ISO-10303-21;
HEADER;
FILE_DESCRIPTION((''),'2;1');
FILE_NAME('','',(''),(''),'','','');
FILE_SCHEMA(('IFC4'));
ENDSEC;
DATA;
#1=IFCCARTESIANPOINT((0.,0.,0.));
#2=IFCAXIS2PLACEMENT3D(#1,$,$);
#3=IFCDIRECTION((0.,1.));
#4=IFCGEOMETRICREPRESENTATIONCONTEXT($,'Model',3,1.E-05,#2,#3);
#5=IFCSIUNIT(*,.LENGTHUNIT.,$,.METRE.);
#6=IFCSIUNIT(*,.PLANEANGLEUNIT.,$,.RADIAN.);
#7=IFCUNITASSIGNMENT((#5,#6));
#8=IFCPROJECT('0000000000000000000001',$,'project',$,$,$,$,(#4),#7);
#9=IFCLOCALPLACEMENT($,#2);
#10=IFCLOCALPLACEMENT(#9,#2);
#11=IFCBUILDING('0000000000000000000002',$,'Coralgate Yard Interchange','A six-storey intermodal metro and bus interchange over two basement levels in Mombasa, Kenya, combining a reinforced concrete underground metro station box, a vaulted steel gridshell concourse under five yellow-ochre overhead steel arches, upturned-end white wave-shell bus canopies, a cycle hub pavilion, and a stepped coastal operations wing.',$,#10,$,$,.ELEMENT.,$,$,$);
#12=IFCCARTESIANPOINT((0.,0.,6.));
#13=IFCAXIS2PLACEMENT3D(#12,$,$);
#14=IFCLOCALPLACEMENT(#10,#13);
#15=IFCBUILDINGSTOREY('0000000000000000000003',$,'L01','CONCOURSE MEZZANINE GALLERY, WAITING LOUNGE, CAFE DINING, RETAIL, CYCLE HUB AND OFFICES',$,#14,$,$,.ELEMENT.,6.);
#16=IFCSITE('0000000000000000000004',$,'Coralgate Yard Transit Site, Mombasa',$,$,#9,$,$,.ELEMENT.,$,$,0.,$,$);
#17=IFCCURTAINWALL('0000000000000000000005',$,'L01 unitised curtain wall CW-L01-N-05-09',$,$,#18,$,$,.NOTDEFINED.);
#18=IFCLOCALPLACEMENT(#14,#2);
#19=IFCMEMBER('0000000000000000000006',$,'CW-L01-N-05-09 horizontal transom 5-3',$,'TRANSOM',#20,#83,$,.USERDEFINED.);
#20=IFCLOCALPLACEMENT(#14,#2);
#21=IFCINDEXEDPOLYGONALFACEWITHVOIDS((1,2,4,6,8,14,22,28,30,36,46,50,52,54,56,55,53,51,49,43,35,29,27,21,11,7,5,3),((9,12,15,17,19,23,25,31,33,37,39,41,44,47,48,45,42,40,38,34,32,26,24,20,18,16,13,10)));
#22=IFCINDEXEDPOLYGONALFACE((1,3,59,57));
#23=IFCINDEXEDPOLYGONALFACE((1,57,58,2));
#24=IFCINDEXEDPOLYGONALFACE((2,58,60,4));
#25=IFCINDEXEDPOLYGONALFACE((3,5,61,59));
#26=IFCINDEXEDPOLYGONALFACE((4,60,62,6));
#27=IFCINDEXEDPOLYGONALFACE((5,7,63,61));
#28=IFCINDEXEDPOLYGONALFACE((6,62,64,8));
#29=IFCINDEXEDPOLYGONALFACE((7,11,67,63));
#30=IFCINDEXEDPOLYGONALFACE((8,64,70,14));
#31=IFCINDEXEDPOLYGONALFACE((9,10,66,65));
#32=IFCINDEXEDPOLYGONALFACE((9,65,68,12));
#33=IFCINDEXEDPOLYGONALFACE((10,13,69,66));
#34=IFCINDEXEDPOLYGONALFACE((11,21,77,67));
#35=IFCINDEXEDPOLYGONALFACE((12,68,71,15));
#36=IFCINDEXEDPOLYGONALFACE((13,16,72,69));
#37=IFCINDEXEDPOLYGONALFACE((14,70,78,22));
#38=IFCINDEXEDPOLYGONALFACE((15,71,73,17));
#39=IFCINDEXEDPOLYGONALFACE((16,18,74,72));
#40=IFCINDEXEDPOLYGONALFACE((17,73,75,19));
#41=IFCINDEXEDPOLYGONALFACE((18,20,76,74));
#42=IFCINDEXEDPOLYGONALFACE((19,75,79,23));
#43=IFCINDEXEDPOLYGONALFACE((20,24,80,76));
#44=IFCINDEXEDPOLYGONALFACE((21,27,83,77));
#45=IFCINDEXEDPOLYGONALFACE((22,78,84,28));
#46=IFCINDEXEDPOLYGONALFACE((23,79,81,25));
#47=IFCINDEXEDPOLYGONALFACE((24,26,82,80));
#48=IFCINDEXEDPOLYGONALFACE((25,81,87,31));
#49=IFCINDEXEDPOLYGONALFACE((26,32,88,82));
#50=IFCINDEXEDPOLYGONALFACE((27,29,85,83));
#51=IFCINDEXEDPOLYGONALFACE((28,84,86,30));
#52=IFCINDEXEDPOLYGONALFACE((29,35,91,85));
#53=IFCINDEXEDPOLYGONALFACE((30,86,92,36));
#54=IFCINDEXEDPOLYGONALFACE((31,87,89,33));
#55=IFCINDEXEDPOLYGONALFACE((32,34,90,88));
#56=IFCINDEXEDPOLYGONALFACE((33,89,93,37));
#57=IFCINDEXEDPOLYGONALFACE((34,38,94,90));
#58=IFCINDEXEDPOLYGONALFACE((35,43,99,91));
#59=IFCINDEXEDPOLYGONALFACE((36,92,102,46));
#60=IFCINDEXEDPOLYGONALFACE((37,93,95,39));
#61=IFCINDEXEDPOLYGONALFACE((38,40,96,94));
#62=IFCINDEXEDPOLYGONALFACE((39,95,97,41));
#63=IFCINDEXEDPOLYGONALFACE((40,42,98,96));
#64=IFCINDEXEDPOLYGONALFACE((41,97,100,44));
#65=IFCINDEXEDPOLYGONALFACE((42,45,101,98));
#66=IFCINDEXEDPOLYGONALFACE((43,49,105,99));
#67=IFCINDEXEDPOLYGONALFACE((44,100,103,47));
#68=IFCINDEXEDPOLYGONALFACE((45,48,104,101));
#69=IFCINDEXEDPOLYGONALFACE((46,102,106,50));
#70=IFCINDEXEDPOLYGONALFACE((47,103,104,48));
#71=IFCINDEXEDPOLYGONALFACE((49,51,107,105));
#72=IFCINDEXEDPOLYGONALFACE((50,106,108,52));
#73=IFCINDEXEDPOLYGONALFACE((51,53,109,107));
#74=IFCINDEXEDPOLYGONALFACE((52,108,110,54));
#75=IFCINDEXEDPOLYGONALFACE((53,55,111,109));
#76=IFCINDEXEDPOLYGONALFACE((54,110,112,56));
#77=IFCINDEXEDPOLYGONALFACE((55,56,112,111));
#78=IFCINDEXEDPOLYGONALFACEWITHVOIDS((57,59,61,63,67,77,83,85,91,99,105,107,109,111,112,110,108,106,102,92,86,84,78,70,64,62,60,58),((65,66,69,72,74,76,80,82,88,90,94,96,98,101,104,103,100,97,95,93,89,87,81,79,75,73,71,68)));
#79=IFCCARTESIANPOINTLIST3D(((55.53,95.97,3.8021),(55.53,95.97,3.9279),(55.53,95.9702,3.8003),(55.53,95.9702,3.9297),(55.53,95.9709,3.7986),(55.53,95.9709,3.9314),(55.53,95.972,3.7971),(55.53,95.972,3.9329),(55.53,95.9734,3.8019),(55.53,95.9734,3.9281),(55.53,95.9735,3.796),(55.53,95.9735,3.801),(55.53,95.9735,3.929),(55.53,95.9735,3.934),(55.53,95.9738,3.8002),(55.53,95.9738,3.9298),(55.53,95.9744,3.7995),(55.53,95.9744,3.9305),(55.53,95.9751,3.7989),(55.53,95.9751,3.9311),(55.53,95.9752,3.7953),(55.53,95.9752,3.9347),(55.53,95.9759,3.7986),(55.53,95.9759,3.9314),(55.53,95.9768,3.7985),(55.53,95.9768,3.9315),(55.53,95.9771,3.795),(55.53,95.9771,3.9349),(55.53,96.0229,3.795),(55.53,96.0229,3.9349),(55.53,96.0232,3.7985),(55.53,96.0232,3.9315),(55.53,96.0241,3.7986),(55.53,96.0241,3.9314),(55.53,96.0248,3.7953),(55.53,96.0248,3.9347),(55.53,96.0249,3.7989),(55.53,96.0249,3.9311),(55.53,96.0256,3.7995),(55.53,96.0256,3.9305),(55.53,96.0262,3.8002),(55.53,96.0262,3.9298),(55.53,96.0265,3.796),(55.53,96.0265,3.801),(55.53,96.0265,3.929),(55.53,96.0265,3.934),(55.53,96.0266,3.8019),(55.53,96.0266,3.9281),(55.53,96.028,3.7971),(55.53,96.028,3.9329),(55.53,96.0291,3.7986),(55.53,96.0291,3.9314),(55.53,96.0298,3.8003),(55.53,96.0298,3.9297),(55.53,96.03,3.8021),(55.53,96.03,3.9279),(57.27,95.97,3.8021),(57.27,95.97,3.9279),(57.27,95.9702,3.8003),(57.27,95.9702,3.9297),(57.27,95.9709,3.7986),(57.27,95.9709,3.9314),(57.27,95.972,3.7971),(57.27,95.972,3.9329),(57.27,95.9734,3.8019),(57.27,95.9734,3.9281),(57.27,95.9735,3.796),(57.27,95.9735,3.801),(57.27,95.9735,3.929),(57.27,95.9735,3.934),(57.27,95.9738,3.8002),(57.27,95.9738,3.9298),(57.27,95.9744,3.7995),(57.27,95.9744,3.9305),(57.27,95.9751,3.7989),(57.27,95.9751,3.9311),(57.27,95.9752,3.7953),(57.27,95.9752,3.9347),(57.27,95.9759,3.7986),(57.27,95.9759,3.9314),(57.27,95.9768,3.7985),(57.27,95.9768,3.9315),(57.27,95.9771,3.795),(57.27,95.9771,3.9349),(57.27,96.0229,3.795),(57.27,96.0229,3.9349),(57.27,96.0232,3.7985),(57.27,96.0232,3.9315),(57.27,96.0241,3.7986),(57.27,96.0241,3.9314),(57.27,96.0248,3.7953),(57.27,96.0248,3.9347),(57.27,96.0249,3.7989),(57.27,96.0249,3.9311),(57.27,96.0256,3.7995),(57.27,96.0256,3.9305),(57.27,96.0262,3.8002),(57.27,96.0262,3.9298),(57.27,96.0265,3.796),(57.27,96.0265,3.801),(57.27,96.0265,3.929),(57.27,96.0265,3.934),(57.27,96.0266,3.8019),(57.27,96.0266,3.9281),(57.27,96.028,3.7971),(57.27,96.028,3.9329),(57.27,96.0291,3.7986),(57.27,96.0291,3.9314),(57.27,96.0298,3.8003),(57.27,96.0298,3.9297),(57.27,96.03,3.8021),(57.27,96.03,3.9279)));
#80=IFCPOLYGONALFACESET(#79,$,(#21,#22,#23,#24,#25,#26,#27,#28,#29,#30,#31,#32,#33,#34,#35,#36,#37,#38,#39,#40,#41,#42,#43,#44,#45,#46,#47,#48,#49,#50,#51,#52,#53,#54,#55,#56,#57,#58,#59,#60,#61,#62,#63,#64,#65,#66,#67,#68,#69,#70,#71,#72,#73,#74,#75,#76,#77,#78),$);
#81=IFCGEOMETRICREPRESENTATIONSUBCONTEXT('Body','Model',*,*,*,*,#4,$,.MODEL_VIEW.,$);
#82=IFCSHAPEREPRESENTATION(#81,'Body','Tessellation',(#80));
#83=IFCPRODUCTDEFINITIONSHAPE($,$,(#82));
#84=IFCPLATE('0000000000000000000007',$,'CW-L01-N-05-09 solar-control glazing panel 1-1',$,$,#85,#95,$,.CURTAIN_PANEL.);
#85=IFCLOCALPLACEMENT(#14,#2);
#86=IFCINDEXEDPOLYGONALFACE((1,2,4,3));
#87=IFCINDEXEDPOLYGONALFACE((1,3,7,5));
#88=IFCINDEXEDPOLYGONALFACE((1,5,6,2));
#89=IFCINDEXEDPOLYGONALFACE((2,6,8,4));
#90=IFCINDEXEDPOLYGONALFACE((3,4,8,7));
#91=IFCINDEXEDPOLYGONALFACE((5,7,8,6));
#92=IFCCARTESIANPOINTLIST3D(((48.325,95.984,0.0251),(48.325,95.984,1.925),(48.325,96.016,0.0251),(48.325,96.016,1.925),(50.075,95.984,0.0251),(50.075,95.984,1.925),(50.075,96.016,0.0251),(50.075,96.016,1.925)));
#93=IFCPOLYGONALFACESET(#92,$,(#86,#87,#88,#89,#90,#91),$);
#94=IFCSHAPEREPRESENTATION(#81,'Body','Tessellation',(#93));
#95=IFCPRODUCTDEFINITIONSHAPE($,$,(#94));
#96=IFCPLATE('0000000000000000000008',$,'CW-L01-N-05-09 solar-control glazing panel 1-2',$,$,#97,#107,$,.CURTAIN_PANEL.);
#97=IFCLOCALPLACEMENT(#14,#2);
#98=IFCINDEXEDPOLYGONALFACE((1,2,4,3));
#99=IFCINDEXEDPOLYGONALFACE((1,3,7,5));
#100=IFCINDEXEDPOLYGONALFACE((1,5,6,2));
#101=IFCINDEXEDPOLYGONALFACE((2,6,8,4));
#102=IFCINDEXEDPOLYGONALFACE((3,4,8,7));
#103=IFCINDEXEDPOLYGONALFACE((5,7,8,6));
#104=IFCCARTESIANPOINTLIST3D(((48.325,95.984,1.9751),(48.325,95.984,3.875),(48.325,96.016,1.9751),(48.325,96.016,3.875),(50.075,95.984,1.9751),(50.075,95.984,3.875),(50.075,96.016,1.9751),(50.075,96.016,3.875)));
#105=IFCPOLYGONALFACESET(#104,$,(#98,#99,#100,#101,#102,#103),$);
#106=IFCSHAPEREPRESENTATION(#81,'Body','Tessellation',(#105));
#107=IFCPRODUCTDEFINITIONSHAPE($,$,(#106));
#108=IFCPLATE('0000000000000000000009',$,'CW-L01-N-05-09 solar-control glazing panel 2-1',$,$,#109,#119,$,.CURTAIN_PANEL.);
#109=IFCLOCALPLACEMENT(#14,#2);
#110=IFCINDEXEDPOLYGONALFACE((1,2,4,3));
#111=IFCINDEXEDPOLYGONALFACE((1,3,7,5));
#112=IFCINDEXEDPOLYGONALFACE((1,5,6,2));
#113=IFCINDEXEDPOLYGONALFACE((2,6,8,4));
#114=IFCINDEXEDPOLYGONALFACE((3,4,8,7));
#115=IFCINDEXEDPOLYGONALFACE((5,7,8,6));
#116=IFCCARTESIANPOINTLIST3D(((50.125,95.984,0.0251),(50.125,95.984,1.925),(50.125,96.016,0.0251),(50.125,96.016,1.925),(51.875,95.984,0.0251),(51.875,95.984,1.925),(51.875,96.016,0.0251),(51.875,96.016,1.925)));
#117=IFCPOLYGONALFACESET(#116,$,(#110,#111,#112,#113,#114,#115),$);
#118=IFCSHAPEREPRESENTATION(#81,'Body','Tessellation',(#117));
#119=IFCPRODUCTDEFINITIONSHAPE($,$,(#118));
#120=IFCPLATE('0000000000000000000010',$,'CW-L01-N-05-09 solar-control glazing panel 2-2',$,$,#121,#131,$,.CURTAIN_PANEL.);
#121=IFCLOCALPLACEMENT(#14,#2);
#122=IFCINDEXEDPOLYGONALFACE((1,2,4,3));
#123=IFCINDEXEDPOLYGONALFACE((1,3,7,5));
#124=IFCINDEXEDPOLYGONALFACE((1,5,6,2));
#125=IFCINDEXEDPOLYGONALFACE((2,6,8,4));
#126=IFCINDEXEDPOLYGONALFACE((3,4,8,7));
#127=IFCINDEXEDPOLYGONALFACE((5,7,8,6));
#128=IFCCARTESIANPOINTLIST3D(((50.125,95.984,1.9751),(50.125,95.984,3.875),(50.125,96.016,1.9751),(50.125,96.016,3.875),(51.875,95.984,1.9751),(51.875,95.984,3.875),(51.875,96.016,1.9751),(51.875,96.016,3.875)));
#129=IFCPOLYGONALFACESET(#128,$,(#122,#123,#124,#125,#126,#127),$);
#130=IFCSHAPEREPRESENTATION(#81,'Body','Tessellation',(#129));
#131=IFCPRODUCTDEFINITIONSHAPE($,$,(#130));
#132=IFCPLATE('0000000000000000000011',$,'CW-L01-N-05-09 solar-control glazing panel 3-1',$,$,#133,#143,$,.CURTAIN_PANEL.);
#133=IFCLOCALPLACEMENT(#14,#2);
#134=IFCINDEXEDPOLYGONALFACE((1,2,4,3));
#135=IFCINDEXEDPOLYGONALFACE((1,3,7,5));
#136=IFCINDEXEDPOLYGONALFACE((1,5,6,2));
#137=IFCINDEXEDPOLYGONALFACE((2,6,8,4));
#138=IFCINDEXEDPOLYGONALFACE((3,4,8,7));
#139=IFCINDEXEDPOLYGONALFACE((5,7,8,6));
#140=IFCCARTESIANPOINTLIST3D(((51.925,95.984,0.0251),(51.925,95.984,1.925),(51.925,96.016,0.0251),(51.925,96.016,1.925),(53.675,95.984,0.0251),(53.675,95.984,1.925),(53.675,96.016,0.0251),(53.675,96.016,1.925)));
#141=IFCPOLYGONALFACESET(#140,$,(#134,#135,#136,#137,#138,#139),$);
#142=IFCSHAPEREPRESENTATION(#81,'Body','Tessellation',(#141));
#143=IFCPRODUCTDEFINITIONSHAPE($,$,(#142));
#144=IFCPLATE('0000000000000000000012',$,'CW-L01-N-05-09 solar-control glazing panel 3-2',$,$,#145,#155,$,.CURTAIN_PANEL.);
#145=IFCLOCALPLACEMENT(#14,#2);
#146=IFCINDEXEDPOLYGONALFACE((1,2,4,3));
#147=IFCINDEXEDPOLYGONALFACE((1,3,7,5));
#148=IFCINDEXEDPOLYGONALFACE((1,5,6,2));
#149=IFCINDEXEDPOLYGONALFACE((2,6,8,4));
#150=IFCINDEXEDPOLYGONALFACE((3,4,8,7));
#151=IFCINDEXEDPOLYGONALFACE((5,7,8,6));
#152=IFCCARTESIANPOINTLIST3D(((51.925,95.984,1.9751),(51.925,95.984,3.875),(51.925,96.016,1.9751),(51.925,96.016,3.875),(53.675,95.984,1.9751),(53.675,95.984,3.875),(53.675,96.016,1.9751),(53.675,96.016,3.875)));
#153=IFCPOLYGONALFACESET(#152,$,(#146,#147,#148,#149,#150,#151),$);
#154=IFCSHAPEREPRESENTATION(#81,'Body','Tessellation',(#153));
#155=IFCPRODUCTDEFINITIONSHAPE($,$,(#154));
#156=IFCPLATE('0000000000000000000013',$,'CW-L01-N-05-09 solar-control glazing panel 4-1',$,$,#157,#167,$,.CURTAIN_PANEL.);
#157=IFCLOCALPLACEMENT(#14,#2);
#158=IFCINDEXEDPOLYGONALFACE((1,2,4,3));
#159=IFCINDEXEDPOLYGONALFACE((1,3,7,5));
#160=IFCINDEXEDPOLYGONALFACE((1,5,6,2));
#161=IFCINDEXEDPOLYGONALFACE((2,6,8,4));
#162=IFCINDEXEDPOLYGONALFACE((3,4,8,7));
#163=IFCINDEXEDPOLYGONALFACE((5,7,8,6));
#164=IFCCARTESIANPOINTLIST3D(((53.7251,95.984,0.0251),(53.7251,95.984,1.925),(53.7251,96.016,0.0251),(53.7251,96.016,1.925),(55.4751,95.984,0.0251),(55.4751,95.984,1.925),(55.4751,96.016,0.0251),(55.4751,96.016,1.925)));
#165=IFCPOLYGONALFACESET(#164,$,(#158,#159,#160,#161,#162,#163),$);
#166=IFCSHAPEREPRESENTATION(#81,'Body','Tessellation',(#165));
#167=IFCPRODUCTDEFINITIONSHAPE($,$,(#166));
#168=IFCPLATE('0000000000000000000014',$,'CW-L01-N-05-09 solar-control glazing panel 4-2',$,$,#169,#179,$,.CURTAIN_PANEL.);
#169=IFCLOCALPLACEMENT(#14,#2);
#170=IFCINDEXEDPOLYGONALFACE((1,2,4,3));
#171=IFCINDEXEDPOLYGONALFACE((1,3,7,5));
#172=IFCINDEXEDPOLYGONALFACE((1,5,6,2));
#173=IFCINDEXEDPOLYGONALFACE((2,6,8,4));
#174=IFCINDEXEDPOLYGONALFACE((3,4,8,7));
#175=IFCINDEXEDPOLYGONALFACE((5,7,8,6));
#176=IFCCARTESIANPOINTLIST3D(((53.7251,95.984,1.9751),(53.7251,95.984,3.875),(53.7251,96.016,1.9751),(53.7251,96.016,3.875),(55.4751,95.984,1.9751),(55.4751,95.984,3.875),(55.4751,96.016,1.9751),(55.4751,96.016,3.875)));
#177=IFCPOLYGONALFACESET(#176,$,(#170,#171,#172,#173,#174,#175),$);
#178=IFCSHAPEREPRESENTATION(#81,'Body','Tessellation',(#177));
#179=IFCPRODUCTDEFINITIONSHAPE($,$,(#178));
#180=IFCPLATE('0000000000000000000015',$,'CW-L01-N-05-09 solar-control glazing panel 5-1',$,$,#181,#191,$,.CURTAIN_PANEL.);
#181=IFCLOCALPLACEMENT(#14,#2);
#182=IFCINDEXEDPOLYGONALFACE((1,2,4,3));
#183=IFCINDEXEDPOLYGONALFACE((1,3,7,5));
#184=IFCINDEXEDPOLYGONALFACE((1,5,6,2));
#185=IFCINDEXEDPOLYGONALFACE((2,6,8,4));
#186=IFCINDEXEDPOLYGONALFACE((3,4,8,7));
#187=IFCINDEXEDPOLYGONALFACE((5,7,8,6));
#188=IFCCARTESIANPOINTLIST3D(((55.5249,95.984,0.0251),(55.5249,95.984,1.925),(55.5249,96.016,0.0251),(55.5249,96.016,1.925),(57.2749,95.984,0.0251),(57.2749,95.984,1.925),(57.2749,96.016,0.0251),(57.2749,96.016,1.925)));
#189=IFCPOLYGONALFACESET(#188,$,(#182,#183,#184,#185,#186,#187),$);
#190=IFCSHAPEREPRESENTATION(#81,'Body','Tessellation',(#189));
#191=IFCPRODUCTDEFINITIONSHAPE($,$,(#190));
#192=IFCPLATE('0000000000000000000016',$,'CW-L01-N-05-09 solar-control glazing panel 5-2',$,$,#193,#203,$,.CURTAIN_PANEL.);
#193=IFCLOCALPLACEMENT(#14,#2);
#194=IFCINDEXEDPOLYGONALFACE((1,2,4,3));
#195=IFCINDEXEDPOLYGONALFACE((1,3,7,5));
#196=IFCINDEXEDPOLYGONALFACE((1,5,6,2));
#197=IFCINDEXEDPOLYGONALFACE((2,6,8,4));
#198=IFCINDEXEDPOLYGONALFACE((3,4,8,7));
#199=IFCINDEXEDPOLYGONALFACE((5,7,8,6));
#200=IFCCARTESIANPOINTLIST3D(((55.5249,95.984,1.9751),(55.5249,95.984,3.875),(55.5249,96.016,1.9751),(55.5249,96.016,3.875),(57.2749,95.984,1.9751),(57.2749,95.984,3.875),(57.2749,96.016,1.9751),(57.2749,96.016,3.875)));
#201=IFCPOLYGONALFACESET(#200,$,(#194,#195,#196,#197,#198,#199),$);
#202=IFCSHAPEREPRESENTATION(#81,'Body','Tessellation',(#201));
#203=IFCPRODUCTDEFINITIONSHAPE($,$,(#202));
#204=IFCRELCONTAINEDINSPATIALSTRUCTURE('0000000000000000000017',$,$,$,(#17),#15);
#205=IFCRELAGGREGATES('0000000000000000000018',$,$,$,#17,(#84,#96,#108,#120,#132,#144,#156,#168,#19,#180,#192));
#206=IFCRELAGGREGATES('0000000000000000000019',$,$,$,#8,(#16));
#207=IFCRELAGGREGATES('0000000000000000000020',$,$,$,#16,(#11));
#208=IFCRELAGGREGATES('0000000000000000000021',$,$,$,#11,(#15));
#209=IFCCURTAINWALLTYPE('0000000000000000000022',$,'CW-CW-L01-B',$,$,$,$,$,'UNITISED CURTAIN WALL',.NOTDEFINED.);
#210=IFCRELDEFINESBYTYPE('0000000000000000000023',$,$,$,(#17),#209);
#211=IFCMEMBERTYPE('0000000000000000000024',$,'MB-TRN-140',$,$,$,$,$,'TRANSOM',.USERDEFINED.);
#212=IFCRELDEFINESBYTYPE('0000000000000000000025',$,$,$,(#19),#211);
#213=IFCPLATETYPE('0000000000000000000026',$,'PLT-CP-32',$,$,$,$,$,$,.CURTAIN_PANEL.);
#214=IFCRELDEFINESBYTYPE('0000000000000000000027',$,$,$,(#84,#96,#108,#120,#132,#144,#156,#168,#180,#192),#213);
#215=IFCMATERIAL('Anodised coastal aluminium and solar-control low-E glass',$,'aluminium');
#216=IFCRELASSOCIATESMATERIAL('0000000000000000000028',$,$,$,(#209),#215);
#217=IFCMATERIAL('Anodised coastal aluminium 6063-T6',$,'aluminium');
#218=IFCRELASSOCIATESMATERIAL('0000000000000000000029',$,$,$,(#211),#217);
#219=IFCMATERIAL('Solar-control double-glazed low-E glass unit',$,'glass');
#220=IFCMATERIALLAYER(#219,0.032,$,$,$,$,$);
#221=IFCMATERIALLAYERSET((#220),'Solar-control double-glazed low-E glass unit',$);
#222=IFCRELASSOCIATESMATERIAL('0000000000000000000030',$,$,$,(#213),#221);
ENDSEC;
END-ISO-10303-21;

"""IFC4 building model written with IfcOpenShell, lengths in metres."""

from ifc_helpers import new_model, si_unit, direction, frame, origin, origin_2d, place, context, subcontext, project, spatial, rectangle, hollow_rectangle, extrude, material, layer, layer_set, material_profile, profile_set, type_object, element, aggregate, save


model = new_model("IFC4")

# Units and contexts
model_context = context("Model", 3, precision=1e-05, world=origin(), true_north=direction((0.0, 1.0)))
body_context = subcontext(model_context, "Body", "Model", "MODEL_VIEW")
ifc_project = project(units=[si_unit("LENGTHUNIT", "METRE"), si_unit("PLANEANGLEUNIT", "RADIAN")], contexts=[model_context])

# Site, building, storey
site_placement = place(None, origin())
site = spatial("IfcSite", under=ifc_project, at=site_placement, Name="Coralgate Yard Transit Site, Mombasa", CompositionType="ELEMENT", RefElevation=0.0)
building_placement = place(site_placement, origin())
building = spatial("IfcBuilding", under=site, at=building_placement, Name="Coralgate Yard Interchange", Description="A six-storey intermodal metro and bus interchange over two basement levels in Mombasa, Kenya, combining a reinforced concrete underground metro station box, a vaulted steel gridshell concourse under five yellow-ochre overhead steel arches, upturned-end white wave-shell bus canopies, a cycle hub pavilion, and a stepped coastal operations wing.", CompositionType="ELEMENT")
storey_placement = place(building_placement, frame((0.0, 0.0, 6.0)))
storey = spatial("IfcBuildingStorey", under=building, at=storey_placement, Name="L01", Description="CONCOURSE MEZZANINE GALLERY, WAITING LOUNGE, CAFE DINING, RETAIL, CYCLE HUB AND OFFICES", CompositionType="ELEMENT", Elevation=6.0)

# Curtain wall, member, plates
ifc_material_1 = material(Name="Anodised coastal aluminium and solar-control low-E glass", Category="aluminium")
curtain_wall_type = type_object("IfcCurtainWallType", Name="CW-CW-L01-B", ElementType="UNITISED CURTAIN WALL", PredefinedType="NOTDEFINED", material=ifc_material_1)
curtain_wall_placement = place(storey_placement, origin())
curtain_wall = element("IfcCurtainWall", 1, at=curtain_wall_placement, inside=storey, type_object=curtain_wall_type, Name="L01 unitised curtain wall CW-L01-N-05-09", PredefinedType="NOTDEFINED")
ifc_material_2 = material(Name="Anodised coastal aluminium 6063-T6", Category="aluminium")
ifc_material_profile_1 = material_profile(ifc_material_2, hollow_rectangle(XDim=0.0601, YDim=0.1399, WallThickness=0.0034, InnerFilletRadius=0.0034, OuterFilletRadius=0.0071, at=origin_2d()), Name="ALU 60x140x3.5")
ifc_profile_set_1 = profile_set([ifc_material_profile_1], Name="Anodised coastal aluminium 6063-T6")
member_type_1 = type_object("IfcMemberType", Name="MB-TRN-140", ElementType="TRANSOM", PredefinedType="USERDEFINED", material=ifc_profile_set_1)
member_1_placement = place(storey_placement, frame((55.53, 96.0, 3.865), z_axis=(1.0, 0.0, 0.0), x_axis=(0.0, 1.0, 0.0)))
member_1 = element("IfcMember", 2, at=member_1_placement, type_object=member_type_1, Name="CW-L01-N-05-09 horizontal transom 5-3", ObjectType="TRANSOM", PredefinedType="USERDEFINED", context=body_context, shape_type="SweptSolid", body=[
    extrude(hollow_rectangle(XDim=0.0601, YDim=0.1399, WallThickness=0.0034, InnerFilletRadius=0.0034, OuterFilletRadius=0.0071, at=origin_2d()), origin(), (0.0, 0.0, 1.0), 1.74),
])
ifc_material_3 = material(Name="Solar-control double-glazed low-E glass unit", Category="glass")
ifc_layer = layer(ifc_material_3, 0.032)
ifc_layer_set = layer_set([ifc_layer], Name="Solar-control double-glazed low-E glass unit")
plate_type = type_object("IfcPlateType", Name="PLT-CP-32", PredefinedType="CURTAIN_PANEL", material=ifc_layer_set)
plate_1_placement = place(storey_placement, frame((49.2, 96.0, 0.0251), z_axis=(0.0, 0.0, 1.0), x_axis=(1.0, 0.0, 0.0)))
plate_1 = element("IfcPlate", 3, at=plate_1_placement, type_object=plate_type, Name="CW-L01-N-05-09 solar-control glazing panel 1-1", PredefinedType="CURTAIN_PANEL", context=body_context, shape_type="SweptSolid", body=[
    extrude(rectangle(XDim=1.75, YDim=0.032, at=origin_2d()), origin(), (0.0, 0.0, 1.0), 1.8999),
])
plate_2_placement = place(storey_placement, frame((49.2, 96.0, 1.9751), z_axis=(0.0, 0.0, 1.0), x_axis=(1.0, 0.0, 0.0)))
plate_2 = element("IfcPlate", 4, at=plate_2_placement, type_object=plate_type, Name="CW-L01-N-05-09 solar-control glazing panel 1-2", PredefinedType="CURTAIN_PANEL", context=body_context, shape_type="SweptSolid", body=[
    extrude(rectangle(XDim=1.75, YDim=0.032, at=origin_2d()), origin(), (0.0, 0.0, 1.0), 1.8999),
])
plate_3_placement = place(storey_placement, frame((51.0, 96.0, 0.0251), z_axis=(0.0, 0.0, 1.0), x_axis=(1.0, 0.0, 0.0)))
plate_3 = element("IfcPlate", 5, at=plate_3_placement, type_object=plate_type, Name="CW-L01-N-05-09 solar-control glazing panel 2-1", PredefinedType="CURTAIN_PANEL", context=body_context, shape_type="SweptSolid", body=[
    extrude(rectangle(XDim=1.75, YDim=0.032, at=origin_2d()), origin(), (0.0, 0.0, 1.0), 1.8999),
])
plate_4_placement = place(storey_placement, frame((51.0, 96.0, 1.9751), z_axis=(0.0, 0.0, 1.0), x_axis=(1.0, 0.0, 0.0)))
plate_4 = element("IfcPlate", 6, at=plate_4_placement, type_object=plate_type, Name="CW-L01-N-05-09 solar-control glazing panel 2-2", PredefinedType="CURTAIN_PANEL", context=body_context, shape_type="SweptSolid", body=[
    extrude(rectangle(XDim=1.75, YDim=0.032, at=origin_2d()), origin(), (0.0, 0.0, 1.0), 1.8999),
])
plate_5_placement = place(storey_placement, frame((52.8, 96.0, 0.0251), z_axis=(0.0, 0.0, 1.0), x_axis=(1.0, 0.0, 0.0)))
plate_5 = element("IfcPlate", 7, at=plate_5_placement, type_object=plate_type, Name="CW-L01-N-05-09 solar-control glazing panel 3-1", PredefinedType="CURTAIN_PANEL", context=body_context, shape_type="SweptSolid", body=[
    extrude(rectangle(XDim=1.75, YDim=0.032, at=origin_2d()), origin(), (0.0, 0.0, 1.0), 1.8999),
])
plate_6_placement = place(storey_placement, frame((52.8, 96.0, 1.9751), z_axis=(0.0, 0.0, 1.0), x_axis=(1.0, 0.0, 0.0)))
plate_6 = element("IfcPlate", 8, at=plate_6_placement, type_object=plate_type, Name="CW-L01-N-05-09 solar-control glazing panel 3-2", PredefinedType="CURTAIN_PANEL", context=body_context, shape_type="SweptSolid", body=[
    extrude(rectangle(XDim=1.75, YDim=0.032, at=origin_2d()), origin(), (0.0, 0.0, 1.0), 1.8999),
])
plate_7_placement = place(storey_placement, frame((54.6001, 96.0, 0.0251), z_axis=(0.0, 0.0, 1.0), x_axis=(1.0, 0.0, 0.0)))
plate_7 = element("IfcPlate", 9, at=plate_7_placement, type_object=plate_type, Name="CW-L01-N-05-09 solar-control glazing panel 4-1", PredefinedType="CURTAIN_PANEL", context=body_context, shape_type="SweptSolid", body=[
    extrude(rectangle(XDim=1.75, YDim=0.032, at=origin_2d()), origin(), (0.0, 0.0, 1.0), 1.8999),
])
plate_8_placement = place(storey_placement, frame((54.6001, 96.0, 1.9751), z_axis=(0.0, 0.0, 1.0), x_axis=(1.0, 0.0, 0.0)))
plate_8 = element("IfcPlate", 10, at=plate_8_placement, type_object=plate_type, Name="CW-L01-N-05-09 solar-control glazing panel 4-2", PredefinedType="CURTAIN_PANEL", context=body_context, shape_type="SweptSolid", body=[
    extrude(rectangle(XDim=1.75, YDim=0.032, at=origin_2d()), origin(), (0.0, 0.0, 1.0), 1.8999),
])
plate_9_placement = place(storey_placement, frame((56.3999, 96.0, 0.0251), z_axis=(0.0, 0.0, 1.0), x_axis=(1.0, 0.0, 0.0)))
plate_9 = element("IfcPlate", 11, at=plate_9_placement, type_object=plate_type, Name="CW-L01-N-05-09 solar-control glazing panel 5-1", PredefinedType="CURTAIN_PANEL", context=body_context, shape_type="SweptSolid", body=[
    extrude(rectangle(XDim=1.75, YDim=0.032, at=origin_2d()), origin(), (0.0, 0.0, 1.0), 1.8999),
])
plate_10_placement = place(storey_placement, frame((56.3999, 96.0, 1.9751), z_axis=(0.0, 0.0, 1.0), x_axis=(1.0, 0.0, 0.0)))
plate_10 = element("IfcPlate", 12, at=plate_10_placement, type_object=plate_type, Name="CW-L01-N-05-09 solar-control glazing panel 5-2", PredefinedType="CURTAIN_PANEL", context=body_context, shape_type="SweptSolid", body=[
    extrude(rectangle(XDim=1.75, YDim=0.032, at=origin_2d()), origin(), (0.0, 0.0, 1.0), 1.8999),
])
aggregate(curtain_wall, [plate_1, plate_2, plate_3, plate_4, plate_5, plate_6, plate_7, plate_8, member_1, plate_9, plate_10])

save(model, "model.ifc")
